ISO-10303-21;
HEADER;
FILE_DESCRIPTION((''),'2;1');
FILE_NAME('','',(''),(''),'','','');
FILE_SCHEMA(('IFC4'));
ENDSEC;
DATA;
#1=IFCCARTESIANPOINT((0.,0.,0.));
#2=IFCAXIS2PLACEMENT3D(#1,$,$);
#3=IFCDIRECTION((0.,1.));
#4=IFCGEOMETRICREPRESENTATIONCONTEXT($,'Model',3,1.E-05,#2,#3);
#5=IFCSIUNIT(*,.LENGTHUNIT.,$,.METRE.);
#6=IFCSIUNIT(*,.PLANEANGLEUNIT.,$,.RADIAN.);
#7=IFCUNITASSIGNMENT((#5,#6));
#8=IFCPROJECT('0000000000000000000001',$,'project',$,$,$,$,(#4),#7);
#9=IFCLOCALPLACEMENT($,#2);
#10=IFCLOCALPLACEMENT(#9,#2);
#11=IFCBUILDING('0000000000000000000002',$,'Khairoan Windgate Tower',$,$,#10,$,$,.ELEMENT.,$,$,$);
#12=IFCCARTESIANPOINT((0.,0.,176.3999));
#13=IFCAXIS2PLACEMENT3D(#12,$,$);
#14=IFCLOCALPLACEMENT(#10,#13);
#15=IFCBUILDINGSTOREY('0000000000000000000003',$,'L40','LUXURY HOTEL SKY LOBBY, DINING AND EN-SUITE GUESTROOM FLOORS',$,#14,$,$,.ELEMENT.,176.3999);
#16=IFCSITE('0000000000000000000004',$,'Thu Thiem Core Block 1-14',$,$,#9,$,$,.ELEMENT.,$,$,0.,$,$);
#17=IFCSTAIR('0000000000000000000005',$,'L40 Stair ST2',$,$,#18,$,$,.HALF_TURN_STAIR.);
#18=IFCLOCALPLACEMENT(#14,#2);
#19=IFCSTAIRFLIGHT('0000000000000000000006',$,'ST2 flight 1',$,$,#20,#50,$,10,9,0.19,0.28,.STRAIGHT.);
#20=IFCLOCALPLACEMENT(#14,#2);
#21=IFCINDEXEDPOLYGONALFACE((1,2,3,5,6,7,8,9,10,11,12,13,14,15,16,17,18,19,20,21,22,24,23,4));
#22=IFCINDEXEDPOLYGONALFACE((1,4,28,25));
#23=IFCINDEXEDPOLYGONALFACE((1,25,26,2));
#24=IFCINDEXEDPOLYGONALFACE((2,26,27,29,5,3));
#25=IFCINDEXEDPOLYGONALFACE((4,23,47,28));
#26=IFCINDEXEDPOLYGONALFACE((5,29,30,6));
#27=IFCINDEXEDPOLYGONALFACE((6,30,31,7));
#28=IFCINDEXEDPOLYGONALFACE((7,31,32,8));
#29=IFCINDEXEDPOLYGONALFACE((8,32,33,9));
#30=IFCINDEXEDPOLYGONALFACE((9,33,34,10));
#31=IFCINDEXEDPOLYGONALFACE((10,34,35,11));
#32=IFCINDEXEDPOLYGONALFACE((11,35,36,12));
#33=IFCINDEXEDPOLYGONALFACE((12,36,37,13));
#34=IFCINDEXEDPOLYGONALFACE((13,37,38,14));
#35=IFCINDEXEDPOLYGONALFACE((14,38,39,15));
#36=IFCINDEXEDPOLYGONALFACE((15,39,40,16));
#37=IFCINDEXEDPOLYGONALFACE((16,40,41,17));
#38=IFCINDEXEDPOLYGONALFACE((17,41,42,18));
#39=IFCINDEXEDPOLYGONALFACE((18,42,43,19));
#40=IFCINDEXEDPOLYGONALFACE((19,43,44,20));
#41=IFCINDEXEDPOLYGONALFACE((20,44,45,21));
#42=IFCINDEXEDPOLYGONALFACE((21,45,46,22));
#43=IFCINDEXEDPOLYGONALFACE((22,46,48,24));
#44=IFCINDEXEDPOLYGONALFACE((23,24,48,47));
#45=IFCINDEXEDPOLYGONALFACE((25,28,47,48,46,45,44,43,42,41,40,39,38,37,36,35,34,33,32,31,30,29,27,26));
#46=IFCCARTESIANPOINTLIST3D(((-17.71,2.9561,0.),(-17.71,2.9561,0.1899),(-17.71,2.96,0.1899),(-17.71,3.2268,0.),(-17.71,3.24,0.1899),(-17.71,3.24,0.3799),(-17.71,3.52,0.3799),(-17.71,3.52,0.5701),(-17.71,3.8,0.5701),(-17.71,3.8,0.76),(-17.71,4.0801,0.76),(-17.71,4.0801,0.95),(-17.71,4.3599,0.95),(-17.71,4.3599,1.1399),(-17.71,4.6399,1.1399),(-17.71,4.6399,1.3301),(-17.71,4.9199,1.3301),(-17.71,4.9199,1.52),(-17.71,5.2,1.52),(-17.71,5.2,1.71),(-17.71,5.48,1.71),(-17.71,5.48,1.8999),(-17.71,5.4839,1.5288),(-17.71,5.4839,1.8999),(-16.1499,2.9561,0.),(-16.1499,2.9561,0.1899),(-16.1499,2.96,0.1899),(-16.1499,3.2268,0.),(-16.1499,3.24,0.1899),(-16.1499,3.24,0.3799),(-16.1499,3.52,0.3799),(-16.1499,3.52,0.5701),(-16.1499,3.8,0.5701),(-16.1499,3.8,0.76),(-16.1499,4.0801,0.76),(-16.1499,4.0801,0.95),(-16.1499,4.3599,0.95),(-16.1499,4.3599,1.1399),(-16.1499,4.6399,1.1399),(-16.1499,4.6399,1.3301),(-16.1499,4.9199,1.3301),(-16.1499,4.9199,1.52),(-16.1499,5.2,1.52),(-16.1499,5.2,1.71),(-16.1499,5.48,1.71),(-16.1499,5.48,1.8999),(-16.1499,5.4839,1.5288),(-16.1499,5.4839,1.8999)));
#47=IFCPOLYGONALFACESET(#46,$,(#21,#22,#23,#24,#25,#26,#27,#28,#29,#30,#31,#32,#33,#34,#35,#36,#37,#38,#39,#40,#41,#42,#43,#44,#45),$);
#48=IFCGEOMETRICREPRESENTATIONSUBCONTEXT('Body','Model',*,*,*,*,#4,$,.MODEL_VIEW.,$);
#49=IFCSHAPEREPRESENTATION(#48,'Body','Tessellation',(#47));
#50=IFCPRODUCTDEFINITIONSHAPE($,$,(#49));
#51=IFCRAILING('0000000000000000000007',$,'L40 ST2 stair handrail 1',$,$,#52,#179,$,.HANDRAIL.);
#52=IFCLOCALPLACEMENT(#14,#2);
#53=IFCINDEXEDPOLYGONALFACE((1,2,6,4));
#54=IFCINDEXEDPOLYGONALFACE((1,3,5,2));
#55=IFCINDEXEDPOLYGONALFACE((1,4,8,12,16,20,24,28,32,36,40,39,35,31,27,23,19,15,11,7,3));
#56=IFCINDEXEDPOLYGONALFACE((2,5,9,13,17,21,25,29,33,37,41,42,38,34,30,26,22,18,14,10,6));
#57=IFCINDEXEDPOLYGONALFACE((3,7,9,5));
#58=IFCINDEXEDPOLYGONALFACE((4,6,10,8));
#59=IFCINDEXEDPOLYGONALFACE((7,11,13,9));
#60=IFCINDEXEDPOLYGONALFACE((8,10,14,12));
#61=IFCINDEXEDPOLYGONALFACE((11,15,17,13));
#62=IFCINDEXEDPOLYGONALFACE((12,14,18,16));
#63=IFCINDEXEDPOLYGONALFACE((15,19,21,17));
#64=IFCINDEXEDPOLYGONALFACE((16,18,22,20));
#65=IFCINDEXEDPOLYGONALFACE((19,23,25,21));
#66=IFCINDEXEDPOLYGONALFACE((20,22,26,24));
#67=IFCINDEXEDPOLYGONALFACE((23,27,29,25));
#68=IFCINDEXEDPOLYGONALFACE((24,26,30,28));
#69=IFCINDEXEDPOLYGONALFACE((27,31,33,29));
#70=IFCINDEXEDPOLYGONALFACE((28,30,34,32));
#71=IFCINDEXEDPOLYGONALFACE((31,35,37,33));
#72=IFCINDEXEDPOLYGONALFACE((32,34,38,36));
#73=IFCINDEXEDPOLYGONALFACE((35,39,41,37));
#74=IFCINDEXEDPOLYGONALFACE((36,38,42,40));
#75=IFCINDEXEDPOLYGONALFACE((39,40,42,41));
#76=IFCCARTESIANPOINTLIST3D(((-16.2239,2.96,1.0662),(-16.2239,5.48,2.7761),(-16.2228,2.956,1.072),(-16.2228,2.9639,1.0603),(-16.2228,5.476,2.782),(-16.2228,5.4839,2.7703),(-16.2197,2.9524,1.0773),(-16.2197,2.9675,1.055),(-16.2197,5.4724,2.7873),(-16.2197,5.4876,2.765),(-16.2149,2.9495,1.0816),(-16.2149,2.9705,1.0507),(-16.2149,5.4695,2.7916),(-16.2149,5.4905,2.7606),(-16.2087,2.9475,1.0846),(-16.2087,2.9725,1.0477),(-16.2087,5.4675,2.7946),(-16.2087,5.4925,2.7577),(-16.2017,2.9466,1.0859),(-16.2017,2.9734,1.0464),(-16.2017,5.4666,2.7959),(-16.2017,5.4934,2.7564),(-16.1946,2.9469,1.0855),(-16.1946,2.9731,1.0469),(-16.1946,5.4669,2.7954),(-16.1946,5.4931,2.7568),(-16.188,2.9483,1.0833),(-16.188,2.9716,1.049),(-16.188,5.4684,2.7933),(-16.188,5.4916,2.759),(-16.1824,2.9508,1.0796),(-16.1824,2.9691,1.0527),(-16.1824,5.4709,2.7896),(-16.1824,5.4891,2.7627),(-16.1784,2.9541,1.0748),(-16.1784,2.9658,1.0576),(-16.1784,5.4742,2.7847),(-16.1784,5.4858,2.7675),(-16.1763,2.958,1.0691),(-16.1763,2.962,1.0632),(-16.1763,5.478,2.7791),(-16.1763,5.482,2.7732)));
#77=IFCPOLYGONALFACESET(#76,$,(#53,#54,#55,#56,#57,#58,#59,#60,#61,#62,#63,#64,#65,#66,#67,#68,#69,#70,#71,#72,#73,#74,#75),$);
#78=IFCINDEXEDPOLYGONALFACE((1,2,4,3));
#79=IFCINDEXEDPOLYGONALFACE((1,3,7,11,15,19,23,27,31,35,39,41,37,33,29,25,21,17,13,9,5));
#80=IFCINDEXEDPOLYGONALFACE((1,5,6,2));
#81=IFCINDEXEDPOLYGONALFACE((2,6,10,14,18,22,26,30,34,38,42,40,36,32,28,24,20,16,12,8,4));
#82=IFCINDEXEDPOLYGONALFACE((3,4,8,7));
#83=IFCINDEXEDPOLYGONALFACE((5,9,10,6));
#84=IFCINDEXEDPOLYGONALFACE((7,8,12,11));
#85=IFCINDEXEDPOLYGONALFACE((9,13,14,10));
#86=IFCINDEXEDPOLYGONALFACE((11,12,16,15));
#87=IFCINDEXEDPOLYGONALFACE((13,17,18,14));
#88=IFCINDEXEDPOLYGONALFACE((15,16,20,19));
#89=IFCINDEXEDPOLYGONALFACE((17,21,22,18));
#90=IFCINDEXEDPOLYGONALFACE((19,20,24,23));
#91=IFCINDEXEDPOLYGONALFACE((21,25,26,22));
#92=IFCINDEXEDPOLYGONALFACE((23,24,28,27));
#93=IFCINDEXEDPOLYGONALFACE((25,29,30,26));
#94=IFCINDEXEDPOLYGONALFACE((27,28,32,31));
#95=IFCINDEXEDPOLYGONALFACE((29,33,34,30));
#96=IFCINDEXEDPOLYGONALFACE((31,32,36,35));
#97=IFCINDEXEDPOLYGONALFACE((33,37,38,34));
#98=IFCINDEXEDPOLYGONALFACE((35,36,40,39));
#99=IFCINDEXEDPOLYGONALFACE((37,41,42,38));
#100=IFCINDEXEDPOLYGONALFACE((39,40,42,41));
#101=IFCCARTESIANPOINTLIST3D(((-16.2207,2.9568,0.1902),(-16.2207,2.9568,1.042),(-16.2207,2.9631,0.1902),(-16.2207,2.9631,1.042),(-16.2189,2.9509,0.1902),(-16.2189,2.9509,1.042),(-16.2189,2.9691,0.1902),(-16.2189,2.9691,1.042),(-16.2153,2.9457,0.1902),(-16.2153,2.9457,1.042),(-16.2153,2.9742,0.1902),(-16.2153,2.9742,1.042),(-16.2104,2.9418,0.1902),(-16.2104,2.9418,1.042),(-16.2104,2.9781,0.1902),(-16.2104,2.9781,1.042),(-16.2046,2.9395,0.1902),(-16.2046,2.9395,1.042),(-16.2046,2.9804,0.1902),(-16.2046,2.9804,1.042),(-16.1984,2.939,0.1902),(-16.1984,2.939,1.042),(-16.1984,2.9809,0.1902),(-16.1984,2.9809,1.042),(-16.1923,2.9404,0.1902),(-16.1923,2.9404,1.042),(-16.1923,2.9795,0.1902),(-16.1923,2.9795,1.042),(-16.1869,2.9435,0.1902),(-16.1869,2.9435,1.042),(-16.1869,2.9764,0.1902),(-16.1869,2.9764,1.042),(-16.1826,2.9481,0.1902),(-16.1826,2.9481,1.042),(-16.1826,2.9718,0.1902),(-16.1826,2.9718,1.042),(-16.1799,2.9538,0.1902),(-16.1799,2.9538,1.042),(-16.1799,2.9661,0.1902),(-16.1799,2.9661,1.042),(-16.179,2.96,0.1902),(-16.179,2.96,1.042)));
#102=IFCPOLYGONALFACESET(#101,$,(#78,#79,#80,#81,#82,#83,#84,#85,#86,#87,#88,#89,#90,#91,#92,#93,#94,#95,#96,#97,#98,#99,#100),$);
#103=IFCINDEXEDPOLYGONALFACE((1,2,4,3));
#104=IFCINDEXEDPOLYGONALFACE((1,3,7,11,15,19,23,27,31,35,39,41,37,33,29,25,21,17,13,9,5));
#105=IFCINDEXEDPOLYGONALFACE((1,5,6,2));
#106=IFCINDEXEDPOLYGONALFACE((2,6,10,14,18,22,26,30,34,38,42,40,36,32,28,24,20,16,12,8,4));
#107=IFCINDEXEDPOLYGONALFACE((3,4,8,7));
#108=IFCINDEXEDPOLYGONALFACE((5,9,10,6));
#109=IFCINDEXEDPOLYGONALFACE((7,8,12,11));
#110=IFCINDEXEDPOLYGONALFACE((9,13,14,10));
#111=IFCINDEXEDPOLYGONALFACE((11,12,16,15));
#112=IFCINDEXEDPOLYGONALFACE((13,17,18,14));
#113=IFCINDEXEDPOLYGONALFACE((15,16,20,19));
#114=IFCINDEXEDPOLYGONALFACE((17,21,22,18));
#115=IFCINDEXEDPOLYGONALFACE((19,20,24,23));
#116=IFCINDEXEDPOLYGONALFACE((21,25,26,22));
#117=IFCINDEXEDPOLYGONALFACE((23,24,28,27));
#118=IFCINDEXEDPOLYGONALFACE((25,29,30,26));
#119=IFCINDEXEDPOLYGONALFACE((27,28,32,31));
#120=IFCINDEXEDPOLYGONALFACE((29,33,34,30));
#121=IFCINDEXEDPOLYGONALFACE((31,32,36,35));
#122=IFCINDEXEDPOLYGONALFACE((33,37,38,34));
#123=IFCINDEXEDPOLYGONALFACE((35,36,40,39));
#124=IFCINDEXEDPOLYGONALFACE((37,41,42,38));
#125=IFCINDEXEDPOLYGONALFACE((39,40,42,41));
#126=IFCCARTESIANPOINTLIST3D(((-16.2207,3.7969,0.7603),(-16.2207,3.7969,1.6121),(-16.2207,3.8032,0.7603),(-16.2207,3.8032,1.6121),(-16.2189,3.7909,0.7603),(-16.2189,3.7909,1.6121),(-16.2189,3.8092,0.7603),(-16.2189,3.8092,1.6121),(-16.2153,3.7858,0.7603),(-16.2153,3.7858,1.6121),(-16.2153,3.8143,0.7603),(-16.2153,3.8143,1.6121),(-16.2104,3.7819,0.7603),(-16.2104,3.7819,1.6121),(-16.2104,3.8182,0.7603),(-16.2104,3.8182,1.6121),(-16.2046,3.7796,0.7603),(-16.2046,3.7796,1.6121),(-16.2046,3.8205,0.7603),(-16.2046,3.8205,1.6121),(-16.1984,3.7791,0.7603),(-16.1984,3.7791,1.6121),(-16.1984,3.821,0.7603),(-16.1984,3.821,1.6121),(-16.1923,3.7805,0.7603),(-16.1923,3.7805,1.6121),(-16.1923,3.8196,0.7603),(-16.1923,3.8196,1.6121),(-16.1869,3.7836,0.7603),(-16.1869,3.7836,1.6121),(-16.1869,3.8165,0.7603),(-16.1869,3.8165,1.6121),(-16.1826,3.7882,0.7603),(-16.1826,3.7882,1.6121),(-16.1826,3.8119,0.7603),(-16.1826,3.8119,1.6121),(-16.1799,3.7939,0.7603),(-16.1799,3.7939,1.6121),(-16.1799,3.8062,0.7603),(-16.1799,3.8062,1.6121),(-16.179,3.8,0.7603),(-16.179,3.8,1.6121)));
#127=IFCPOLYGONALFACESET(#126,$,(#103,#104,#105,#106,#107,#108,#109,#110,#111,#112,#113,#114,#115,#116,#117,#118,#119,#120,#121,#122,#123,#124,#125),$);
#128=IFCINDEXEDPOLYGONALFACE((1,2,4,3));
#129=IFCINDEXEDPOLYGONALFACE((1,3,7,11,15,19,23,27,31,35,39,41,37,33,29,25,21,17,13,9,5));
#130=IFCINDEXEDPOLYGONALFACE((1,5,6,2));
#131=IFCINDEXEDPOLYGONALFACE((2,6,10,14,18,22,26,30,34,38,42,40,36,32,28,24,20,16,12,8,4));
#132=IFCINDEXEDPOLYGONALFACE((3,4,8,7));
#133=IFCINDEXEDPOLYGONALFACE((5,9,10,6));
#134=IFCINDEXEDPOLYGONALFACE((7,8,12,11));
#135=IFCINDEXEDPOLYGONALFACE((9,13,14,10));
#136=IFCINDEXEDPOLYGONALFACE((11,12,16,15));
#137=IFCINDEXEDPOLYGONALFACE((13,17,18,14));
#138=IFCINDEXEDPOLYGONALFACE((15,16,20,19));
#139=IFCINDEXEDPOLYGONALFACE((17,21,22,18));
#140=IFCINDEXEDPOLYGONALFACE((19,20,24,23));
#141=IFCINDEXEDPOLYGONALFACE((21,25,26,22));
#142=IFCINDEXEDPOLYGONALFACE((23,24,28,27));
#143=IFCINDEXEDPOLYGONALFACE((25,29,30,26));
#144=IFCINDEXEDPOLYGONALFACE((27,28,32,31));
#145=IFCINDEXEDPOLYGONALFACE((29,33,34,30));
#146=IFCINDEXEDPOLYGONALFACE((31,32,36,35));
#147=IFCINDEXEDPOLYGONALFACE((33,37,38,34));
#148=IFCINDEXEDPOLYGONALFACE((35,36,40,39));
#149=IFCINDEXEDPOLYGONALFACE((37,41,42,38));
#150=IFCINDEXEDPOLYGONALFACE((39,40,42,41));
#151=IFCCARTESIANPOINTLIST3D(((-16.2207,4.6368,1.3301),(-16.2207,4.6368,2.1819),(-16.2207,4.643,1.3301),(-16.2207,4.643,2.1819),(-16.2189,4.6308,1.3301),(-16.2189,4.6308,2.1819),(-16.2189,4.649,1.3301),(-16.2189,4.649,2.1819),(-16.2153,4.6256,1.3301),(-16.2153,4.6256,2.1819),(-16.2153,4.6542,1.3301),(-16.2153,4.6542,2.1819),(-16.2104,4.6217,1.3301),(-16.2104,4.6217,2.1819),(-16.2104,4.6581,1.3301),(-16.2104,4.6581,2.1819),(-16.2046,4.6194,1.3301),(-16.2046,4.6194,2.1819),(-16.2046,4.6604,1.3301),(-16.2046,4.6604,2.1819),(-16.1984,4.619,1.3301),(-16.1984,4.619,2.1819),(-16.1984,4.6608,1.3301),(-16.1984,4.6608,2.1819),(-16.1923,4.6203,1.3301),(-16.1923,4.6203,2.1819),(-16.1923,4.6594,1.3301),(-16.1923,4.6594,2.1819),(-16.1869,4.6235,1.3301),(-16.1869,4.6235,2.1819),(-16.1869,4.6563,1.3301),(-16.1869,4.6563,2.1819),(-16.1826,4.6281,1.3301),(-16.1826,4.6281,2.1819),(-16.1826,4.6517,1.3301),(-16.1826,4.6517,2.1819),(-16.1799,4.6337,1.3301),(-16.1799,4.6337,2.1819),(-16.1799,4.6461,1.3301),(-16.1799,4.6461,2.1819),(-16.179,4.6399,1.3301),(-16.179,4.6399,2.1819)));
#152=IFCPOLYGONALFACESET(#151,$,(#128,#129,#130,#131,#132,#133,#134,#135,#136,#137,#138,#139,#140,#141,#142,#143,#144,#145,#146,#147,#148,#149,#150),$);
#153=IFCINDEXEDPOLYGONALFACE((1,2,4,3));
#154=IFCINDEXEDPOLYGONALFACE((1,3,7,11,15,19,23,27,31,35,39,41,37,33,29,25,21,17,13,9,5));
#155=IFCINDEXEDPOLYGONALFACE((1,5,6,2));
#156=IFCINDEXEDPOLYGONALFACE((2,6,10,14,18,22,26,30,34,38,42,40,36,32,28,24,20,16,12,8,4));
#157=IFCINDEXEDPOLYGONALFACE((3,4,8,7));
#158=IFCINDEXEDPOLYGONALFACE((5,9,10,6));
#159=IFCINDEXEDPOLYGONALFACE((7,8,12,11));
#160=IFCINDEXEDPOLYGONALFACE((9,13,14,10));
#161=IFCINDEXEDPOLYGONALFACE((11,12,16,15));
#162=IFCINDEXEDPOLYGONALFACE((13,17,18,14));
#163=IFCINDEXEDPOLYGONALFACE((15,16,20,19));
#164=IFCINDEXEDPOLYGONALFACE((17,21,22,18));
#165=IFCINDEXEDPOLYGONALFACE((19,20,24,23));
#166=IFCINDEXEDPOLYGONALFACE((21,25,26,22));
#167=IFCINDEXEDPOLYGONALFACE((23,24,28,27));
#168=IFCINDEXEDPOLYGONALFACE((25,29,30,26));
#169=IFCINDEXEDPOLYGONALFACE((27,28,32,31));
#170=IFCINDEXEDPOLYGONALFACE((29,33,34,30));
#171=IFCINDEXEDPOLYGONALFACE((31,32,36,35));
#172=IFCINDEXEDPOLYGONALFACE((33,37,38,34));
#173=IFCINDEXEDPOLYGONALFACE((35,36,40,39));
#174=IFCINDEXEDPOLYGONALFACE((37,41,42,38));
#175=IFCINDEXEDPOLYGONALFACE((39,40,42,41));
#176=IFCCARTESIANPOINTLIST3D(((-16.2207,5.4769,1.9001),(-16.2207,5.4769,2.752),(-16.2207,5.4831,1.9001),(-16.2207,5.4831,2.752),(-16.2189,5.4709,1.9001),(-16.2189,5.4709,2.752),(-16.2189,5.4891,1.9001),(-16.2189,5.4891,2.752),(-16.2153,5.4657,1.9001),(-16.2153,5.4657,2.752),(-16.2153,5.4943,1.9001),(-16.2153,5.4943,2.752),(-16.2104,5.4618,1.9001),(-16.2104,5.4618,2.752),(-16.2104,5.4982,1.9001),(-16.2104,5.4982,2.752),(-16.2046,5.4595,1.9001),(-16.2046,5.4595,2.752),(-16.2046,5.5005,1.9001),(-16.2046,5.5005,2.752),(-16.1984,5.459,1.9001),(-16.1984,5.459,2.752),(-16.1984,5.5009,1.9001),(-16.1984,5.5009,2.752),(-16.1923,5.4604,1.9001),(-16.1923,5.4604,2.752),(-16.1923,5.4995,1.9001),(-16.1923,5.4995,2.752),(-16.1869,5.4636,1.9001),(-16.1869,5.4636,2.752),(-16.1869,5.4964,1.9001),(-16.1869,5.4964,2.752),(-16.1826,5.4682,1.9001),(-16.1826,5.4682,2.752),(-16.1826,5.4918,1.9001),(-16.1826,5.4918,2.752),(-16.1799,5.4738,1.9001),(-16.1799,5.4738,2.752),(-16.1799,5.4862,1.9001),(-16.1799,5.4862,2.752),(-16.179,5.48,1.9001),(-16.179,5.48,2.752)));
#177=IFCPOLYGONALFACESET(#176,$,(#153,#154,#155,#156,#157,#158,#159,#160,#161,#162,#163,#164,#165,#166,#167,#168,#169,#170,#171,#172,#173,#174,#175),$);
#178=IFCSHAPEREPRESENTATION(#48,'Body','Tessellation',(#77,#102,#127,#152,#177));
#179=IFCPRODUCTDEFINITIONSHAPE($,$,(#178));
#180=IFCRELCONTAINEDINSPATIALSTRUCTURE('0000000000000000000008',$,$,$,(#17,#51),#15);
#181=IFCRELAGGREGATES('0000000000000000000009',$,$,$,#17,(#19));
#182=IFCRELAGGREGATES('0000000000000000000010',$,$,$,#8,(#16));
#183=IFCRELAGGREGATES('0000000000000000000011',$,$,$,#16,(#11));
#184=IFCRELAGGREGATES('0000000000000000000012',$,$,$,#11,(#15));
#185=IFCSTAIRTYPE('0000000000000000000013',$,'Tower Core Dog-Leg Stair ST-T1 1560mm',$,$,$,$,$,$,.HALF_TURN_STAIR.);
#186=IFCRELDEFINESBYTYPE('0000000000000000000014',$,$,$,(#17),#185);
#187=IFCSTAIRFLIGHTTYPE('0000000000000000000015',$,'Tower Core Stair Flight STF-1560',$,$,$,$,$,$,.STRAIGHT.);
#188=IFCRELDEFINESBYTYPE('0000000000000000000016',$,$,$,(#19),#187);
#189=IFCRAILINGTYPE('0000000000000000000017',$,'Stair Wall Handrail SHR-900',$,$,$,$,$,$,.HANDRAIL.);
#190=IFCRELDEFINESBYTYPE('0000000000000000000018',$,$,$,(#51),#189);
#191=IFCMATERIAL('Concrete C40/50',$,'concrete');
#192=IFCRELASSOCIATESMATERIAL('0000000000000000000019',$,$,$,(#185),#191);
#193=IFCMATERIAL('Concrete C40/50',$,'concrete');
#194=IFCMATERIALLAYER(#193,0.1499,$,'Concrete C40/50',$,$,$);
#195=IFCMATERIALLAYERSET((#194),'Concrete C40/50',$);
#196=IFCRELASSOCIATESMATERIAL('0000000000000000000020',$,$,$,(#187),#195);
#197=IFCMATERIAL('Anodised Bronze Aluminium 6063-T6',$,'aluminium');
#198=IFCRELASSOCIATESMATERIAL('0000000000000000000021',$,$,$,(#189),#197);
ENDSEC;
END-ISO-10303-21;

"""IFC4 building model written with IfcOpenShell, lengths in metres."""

from ifc_helpers import new_model, si_unit, direction, frame, origin, origin_2d, place, context, subcontext, project, spatial, polyline, circle, outline, extrude, material, layer, layer_set, type_object, element, aggregate, save


model = new_model("IFC4")

# Units and contexts
model_context = context("Model", 3, precision=1e-05, world=origin(), true_north=direction((0.0, 1.0)))
body_context = subcontext(model_context, "Body", "Model", "MODEL_VIEW")
ifc_project = project(units=[si_unit("LENGTHUNIT", "METRE"), si_unit("PLANEANGLEUNIT", "RADIAN")], contexts=[model_context])

# Site, building, storey
site_placement = place(None, origin())
site = spatial("IfcSite", under=ifc_project, at=site_placement, Name="Thu Thiem Core Block 1-14", CompositionType="ELEMENT", RefElevation=0.0)
building_placement = place(site_placement, origin())
building = spatial("IfcBuilding", under=site, at=building_placement, Name="Khairoan Windgate Tower", CompositionType="ELEMENT")
storey_placement = place(building_placement, frame((0.0, 0.0, 176.3999)))
storey = spatial("IfcBuildingStorey", under=building, at=storey_placement, Name="L40", Description="LUXURY HOTEL SKY LOBBY, DINING AND EN-SUITE GUESTROOM FLOORS", CompositionType="ELEMENT", Elevation=176.3999)

# Stair, stair flight
ifc_material_1 = material(Name="Concrete C40/50", Category="concrete")
stair_type = type_object("IfcStairType", Name="Tower Core Dog-Leg Stair ST-T1 1560mm", PredefinedType="HALF_TURN_STAIR", material=ifc_material_1)
stair_placement = place(storey_placement, origin())
stair = element("IfcStair", 1, at=stair_placement, inside=storey, type_object=stair_type, Name="L40 Stair ST2", PredefinedType="HALF_TURN_STAIR")
ifc_material_2 = material(Name="Concrete C40/50", Category="concrete")
ifc_layer_1 = layer(ifc_material_2, 0.1499, Name="Concrete C40/50")
ifc_layer_set_1 = layer_set([ifc_layer_1], Name="Concrete C40/50")
stair_flight_type = type_object("IfcStairFlightType", Name="Tower Core Stair Flight STF-1560", PredefinedType="STRAIGHT", material=ifc_layer_set_1)
stair_flight_placement = place(storey_placement, frame((-16.9299, 2.96, 0.0), z_axis=(0.0, 0.0, 1.0), x_axis=(0.0, 1.0, 0.0)))
stair_flight = element("IfcStairFlight", 2, at=stair_flight_placement, type_object=stair_flight_type, Name="ST2 flight 1", NumberOfRisers=10, NumberOfTreads=9, PredefinedType="STRAIGHT", RiserHeight=0.19, TreadLength=0.28, context=body_context, shape_type="SweptSolid", body=[
    extrude(outline(polyline([(-0.0039, 0.0), (-0.0039, 0.1899), (0.0, 0.1899), (0.28, 0.1899), (0.28, 0.3799), (0.5601, 0.3799), (0.5601, 0.5701), (0.8401, 0.5701), (0.8401, 0.76), (1.1201, 0.76), (1.1201, 0.95), (1.3999, 0.95), (1.3999, 1.1399), (1.6799, 1.1399), (1.6799, 1.3301), (1.96, 1.3301), (1.96, 1.52), (2.24, 1.52), (2.24, 1.71), (2.52, 1.71), (2.52, 1.8999), (2.5239, 1.8999), (2.5239, 1.5288), (0.2668, 0.0), (-0.0039, 0.0)])), frame((0.0, 0.78, 0.0), z_axis=(0.0, -1.0, 0.0), x_axis=(1.0, 0.0, 0.0)), (0.0, 0.0, 1.0), 1.5601),
])
aggregate(stair, [stair_flight])

# Railing
ifc_material_3 = material(Name="Anodised Bronze Aluminium 6063-T6", Category="aluminium")
railing_type_1 = type_object("IfcRailingType", Name="Stair Wall Handrail SHR-900", PredefinedType="HANDRAIL", material=ifc_material_3)
railing_1_placement = place(storey_placement, frame((-16.2, 2.96, 0.1902)))
element("IfcRailing", 3, at=railing_1_placement, inside=storey, type_object=railing_type_1, Name="L40 ST2 stair handrail 1", PredefinedType="HANDRAIL", context=body_context, shape_type="SweptSolid", body=[
    extrude(circle(Radius=0.0239, at=origin_2d()), frame((0.0, 0.0, 0.876), z_axis=(0.0, 0.827484, 0.56149), x_axis=(-1.0, 0.0, 0.0)), (0.0, 0.0, 1.0), 3.0454),
    extrude(circle(Radius=0.021, at=origin_2d()), origin(), (0.0, 0.0, 1.0), 0.8518),
    extrude(circle(Radius=0.021, at=origin_2d()), frame((0.0, 0.8401, 0.5701)), (0.0, 0.0, 1.0), 0.8518),
    extrude(circle(Radius=0.021, at=origin_2d()), frame((0.0, 1.6799, 1.1399)), (0.0, 0.0, 1.0), 0.8518),
    extrude(circle(Radius=0.021, at=origin_2d()), frame((0.0, 2.52, 1.71)), (0.0, 0.0, 1.0), 0.8518),
])

save(model, "model.ifc")
